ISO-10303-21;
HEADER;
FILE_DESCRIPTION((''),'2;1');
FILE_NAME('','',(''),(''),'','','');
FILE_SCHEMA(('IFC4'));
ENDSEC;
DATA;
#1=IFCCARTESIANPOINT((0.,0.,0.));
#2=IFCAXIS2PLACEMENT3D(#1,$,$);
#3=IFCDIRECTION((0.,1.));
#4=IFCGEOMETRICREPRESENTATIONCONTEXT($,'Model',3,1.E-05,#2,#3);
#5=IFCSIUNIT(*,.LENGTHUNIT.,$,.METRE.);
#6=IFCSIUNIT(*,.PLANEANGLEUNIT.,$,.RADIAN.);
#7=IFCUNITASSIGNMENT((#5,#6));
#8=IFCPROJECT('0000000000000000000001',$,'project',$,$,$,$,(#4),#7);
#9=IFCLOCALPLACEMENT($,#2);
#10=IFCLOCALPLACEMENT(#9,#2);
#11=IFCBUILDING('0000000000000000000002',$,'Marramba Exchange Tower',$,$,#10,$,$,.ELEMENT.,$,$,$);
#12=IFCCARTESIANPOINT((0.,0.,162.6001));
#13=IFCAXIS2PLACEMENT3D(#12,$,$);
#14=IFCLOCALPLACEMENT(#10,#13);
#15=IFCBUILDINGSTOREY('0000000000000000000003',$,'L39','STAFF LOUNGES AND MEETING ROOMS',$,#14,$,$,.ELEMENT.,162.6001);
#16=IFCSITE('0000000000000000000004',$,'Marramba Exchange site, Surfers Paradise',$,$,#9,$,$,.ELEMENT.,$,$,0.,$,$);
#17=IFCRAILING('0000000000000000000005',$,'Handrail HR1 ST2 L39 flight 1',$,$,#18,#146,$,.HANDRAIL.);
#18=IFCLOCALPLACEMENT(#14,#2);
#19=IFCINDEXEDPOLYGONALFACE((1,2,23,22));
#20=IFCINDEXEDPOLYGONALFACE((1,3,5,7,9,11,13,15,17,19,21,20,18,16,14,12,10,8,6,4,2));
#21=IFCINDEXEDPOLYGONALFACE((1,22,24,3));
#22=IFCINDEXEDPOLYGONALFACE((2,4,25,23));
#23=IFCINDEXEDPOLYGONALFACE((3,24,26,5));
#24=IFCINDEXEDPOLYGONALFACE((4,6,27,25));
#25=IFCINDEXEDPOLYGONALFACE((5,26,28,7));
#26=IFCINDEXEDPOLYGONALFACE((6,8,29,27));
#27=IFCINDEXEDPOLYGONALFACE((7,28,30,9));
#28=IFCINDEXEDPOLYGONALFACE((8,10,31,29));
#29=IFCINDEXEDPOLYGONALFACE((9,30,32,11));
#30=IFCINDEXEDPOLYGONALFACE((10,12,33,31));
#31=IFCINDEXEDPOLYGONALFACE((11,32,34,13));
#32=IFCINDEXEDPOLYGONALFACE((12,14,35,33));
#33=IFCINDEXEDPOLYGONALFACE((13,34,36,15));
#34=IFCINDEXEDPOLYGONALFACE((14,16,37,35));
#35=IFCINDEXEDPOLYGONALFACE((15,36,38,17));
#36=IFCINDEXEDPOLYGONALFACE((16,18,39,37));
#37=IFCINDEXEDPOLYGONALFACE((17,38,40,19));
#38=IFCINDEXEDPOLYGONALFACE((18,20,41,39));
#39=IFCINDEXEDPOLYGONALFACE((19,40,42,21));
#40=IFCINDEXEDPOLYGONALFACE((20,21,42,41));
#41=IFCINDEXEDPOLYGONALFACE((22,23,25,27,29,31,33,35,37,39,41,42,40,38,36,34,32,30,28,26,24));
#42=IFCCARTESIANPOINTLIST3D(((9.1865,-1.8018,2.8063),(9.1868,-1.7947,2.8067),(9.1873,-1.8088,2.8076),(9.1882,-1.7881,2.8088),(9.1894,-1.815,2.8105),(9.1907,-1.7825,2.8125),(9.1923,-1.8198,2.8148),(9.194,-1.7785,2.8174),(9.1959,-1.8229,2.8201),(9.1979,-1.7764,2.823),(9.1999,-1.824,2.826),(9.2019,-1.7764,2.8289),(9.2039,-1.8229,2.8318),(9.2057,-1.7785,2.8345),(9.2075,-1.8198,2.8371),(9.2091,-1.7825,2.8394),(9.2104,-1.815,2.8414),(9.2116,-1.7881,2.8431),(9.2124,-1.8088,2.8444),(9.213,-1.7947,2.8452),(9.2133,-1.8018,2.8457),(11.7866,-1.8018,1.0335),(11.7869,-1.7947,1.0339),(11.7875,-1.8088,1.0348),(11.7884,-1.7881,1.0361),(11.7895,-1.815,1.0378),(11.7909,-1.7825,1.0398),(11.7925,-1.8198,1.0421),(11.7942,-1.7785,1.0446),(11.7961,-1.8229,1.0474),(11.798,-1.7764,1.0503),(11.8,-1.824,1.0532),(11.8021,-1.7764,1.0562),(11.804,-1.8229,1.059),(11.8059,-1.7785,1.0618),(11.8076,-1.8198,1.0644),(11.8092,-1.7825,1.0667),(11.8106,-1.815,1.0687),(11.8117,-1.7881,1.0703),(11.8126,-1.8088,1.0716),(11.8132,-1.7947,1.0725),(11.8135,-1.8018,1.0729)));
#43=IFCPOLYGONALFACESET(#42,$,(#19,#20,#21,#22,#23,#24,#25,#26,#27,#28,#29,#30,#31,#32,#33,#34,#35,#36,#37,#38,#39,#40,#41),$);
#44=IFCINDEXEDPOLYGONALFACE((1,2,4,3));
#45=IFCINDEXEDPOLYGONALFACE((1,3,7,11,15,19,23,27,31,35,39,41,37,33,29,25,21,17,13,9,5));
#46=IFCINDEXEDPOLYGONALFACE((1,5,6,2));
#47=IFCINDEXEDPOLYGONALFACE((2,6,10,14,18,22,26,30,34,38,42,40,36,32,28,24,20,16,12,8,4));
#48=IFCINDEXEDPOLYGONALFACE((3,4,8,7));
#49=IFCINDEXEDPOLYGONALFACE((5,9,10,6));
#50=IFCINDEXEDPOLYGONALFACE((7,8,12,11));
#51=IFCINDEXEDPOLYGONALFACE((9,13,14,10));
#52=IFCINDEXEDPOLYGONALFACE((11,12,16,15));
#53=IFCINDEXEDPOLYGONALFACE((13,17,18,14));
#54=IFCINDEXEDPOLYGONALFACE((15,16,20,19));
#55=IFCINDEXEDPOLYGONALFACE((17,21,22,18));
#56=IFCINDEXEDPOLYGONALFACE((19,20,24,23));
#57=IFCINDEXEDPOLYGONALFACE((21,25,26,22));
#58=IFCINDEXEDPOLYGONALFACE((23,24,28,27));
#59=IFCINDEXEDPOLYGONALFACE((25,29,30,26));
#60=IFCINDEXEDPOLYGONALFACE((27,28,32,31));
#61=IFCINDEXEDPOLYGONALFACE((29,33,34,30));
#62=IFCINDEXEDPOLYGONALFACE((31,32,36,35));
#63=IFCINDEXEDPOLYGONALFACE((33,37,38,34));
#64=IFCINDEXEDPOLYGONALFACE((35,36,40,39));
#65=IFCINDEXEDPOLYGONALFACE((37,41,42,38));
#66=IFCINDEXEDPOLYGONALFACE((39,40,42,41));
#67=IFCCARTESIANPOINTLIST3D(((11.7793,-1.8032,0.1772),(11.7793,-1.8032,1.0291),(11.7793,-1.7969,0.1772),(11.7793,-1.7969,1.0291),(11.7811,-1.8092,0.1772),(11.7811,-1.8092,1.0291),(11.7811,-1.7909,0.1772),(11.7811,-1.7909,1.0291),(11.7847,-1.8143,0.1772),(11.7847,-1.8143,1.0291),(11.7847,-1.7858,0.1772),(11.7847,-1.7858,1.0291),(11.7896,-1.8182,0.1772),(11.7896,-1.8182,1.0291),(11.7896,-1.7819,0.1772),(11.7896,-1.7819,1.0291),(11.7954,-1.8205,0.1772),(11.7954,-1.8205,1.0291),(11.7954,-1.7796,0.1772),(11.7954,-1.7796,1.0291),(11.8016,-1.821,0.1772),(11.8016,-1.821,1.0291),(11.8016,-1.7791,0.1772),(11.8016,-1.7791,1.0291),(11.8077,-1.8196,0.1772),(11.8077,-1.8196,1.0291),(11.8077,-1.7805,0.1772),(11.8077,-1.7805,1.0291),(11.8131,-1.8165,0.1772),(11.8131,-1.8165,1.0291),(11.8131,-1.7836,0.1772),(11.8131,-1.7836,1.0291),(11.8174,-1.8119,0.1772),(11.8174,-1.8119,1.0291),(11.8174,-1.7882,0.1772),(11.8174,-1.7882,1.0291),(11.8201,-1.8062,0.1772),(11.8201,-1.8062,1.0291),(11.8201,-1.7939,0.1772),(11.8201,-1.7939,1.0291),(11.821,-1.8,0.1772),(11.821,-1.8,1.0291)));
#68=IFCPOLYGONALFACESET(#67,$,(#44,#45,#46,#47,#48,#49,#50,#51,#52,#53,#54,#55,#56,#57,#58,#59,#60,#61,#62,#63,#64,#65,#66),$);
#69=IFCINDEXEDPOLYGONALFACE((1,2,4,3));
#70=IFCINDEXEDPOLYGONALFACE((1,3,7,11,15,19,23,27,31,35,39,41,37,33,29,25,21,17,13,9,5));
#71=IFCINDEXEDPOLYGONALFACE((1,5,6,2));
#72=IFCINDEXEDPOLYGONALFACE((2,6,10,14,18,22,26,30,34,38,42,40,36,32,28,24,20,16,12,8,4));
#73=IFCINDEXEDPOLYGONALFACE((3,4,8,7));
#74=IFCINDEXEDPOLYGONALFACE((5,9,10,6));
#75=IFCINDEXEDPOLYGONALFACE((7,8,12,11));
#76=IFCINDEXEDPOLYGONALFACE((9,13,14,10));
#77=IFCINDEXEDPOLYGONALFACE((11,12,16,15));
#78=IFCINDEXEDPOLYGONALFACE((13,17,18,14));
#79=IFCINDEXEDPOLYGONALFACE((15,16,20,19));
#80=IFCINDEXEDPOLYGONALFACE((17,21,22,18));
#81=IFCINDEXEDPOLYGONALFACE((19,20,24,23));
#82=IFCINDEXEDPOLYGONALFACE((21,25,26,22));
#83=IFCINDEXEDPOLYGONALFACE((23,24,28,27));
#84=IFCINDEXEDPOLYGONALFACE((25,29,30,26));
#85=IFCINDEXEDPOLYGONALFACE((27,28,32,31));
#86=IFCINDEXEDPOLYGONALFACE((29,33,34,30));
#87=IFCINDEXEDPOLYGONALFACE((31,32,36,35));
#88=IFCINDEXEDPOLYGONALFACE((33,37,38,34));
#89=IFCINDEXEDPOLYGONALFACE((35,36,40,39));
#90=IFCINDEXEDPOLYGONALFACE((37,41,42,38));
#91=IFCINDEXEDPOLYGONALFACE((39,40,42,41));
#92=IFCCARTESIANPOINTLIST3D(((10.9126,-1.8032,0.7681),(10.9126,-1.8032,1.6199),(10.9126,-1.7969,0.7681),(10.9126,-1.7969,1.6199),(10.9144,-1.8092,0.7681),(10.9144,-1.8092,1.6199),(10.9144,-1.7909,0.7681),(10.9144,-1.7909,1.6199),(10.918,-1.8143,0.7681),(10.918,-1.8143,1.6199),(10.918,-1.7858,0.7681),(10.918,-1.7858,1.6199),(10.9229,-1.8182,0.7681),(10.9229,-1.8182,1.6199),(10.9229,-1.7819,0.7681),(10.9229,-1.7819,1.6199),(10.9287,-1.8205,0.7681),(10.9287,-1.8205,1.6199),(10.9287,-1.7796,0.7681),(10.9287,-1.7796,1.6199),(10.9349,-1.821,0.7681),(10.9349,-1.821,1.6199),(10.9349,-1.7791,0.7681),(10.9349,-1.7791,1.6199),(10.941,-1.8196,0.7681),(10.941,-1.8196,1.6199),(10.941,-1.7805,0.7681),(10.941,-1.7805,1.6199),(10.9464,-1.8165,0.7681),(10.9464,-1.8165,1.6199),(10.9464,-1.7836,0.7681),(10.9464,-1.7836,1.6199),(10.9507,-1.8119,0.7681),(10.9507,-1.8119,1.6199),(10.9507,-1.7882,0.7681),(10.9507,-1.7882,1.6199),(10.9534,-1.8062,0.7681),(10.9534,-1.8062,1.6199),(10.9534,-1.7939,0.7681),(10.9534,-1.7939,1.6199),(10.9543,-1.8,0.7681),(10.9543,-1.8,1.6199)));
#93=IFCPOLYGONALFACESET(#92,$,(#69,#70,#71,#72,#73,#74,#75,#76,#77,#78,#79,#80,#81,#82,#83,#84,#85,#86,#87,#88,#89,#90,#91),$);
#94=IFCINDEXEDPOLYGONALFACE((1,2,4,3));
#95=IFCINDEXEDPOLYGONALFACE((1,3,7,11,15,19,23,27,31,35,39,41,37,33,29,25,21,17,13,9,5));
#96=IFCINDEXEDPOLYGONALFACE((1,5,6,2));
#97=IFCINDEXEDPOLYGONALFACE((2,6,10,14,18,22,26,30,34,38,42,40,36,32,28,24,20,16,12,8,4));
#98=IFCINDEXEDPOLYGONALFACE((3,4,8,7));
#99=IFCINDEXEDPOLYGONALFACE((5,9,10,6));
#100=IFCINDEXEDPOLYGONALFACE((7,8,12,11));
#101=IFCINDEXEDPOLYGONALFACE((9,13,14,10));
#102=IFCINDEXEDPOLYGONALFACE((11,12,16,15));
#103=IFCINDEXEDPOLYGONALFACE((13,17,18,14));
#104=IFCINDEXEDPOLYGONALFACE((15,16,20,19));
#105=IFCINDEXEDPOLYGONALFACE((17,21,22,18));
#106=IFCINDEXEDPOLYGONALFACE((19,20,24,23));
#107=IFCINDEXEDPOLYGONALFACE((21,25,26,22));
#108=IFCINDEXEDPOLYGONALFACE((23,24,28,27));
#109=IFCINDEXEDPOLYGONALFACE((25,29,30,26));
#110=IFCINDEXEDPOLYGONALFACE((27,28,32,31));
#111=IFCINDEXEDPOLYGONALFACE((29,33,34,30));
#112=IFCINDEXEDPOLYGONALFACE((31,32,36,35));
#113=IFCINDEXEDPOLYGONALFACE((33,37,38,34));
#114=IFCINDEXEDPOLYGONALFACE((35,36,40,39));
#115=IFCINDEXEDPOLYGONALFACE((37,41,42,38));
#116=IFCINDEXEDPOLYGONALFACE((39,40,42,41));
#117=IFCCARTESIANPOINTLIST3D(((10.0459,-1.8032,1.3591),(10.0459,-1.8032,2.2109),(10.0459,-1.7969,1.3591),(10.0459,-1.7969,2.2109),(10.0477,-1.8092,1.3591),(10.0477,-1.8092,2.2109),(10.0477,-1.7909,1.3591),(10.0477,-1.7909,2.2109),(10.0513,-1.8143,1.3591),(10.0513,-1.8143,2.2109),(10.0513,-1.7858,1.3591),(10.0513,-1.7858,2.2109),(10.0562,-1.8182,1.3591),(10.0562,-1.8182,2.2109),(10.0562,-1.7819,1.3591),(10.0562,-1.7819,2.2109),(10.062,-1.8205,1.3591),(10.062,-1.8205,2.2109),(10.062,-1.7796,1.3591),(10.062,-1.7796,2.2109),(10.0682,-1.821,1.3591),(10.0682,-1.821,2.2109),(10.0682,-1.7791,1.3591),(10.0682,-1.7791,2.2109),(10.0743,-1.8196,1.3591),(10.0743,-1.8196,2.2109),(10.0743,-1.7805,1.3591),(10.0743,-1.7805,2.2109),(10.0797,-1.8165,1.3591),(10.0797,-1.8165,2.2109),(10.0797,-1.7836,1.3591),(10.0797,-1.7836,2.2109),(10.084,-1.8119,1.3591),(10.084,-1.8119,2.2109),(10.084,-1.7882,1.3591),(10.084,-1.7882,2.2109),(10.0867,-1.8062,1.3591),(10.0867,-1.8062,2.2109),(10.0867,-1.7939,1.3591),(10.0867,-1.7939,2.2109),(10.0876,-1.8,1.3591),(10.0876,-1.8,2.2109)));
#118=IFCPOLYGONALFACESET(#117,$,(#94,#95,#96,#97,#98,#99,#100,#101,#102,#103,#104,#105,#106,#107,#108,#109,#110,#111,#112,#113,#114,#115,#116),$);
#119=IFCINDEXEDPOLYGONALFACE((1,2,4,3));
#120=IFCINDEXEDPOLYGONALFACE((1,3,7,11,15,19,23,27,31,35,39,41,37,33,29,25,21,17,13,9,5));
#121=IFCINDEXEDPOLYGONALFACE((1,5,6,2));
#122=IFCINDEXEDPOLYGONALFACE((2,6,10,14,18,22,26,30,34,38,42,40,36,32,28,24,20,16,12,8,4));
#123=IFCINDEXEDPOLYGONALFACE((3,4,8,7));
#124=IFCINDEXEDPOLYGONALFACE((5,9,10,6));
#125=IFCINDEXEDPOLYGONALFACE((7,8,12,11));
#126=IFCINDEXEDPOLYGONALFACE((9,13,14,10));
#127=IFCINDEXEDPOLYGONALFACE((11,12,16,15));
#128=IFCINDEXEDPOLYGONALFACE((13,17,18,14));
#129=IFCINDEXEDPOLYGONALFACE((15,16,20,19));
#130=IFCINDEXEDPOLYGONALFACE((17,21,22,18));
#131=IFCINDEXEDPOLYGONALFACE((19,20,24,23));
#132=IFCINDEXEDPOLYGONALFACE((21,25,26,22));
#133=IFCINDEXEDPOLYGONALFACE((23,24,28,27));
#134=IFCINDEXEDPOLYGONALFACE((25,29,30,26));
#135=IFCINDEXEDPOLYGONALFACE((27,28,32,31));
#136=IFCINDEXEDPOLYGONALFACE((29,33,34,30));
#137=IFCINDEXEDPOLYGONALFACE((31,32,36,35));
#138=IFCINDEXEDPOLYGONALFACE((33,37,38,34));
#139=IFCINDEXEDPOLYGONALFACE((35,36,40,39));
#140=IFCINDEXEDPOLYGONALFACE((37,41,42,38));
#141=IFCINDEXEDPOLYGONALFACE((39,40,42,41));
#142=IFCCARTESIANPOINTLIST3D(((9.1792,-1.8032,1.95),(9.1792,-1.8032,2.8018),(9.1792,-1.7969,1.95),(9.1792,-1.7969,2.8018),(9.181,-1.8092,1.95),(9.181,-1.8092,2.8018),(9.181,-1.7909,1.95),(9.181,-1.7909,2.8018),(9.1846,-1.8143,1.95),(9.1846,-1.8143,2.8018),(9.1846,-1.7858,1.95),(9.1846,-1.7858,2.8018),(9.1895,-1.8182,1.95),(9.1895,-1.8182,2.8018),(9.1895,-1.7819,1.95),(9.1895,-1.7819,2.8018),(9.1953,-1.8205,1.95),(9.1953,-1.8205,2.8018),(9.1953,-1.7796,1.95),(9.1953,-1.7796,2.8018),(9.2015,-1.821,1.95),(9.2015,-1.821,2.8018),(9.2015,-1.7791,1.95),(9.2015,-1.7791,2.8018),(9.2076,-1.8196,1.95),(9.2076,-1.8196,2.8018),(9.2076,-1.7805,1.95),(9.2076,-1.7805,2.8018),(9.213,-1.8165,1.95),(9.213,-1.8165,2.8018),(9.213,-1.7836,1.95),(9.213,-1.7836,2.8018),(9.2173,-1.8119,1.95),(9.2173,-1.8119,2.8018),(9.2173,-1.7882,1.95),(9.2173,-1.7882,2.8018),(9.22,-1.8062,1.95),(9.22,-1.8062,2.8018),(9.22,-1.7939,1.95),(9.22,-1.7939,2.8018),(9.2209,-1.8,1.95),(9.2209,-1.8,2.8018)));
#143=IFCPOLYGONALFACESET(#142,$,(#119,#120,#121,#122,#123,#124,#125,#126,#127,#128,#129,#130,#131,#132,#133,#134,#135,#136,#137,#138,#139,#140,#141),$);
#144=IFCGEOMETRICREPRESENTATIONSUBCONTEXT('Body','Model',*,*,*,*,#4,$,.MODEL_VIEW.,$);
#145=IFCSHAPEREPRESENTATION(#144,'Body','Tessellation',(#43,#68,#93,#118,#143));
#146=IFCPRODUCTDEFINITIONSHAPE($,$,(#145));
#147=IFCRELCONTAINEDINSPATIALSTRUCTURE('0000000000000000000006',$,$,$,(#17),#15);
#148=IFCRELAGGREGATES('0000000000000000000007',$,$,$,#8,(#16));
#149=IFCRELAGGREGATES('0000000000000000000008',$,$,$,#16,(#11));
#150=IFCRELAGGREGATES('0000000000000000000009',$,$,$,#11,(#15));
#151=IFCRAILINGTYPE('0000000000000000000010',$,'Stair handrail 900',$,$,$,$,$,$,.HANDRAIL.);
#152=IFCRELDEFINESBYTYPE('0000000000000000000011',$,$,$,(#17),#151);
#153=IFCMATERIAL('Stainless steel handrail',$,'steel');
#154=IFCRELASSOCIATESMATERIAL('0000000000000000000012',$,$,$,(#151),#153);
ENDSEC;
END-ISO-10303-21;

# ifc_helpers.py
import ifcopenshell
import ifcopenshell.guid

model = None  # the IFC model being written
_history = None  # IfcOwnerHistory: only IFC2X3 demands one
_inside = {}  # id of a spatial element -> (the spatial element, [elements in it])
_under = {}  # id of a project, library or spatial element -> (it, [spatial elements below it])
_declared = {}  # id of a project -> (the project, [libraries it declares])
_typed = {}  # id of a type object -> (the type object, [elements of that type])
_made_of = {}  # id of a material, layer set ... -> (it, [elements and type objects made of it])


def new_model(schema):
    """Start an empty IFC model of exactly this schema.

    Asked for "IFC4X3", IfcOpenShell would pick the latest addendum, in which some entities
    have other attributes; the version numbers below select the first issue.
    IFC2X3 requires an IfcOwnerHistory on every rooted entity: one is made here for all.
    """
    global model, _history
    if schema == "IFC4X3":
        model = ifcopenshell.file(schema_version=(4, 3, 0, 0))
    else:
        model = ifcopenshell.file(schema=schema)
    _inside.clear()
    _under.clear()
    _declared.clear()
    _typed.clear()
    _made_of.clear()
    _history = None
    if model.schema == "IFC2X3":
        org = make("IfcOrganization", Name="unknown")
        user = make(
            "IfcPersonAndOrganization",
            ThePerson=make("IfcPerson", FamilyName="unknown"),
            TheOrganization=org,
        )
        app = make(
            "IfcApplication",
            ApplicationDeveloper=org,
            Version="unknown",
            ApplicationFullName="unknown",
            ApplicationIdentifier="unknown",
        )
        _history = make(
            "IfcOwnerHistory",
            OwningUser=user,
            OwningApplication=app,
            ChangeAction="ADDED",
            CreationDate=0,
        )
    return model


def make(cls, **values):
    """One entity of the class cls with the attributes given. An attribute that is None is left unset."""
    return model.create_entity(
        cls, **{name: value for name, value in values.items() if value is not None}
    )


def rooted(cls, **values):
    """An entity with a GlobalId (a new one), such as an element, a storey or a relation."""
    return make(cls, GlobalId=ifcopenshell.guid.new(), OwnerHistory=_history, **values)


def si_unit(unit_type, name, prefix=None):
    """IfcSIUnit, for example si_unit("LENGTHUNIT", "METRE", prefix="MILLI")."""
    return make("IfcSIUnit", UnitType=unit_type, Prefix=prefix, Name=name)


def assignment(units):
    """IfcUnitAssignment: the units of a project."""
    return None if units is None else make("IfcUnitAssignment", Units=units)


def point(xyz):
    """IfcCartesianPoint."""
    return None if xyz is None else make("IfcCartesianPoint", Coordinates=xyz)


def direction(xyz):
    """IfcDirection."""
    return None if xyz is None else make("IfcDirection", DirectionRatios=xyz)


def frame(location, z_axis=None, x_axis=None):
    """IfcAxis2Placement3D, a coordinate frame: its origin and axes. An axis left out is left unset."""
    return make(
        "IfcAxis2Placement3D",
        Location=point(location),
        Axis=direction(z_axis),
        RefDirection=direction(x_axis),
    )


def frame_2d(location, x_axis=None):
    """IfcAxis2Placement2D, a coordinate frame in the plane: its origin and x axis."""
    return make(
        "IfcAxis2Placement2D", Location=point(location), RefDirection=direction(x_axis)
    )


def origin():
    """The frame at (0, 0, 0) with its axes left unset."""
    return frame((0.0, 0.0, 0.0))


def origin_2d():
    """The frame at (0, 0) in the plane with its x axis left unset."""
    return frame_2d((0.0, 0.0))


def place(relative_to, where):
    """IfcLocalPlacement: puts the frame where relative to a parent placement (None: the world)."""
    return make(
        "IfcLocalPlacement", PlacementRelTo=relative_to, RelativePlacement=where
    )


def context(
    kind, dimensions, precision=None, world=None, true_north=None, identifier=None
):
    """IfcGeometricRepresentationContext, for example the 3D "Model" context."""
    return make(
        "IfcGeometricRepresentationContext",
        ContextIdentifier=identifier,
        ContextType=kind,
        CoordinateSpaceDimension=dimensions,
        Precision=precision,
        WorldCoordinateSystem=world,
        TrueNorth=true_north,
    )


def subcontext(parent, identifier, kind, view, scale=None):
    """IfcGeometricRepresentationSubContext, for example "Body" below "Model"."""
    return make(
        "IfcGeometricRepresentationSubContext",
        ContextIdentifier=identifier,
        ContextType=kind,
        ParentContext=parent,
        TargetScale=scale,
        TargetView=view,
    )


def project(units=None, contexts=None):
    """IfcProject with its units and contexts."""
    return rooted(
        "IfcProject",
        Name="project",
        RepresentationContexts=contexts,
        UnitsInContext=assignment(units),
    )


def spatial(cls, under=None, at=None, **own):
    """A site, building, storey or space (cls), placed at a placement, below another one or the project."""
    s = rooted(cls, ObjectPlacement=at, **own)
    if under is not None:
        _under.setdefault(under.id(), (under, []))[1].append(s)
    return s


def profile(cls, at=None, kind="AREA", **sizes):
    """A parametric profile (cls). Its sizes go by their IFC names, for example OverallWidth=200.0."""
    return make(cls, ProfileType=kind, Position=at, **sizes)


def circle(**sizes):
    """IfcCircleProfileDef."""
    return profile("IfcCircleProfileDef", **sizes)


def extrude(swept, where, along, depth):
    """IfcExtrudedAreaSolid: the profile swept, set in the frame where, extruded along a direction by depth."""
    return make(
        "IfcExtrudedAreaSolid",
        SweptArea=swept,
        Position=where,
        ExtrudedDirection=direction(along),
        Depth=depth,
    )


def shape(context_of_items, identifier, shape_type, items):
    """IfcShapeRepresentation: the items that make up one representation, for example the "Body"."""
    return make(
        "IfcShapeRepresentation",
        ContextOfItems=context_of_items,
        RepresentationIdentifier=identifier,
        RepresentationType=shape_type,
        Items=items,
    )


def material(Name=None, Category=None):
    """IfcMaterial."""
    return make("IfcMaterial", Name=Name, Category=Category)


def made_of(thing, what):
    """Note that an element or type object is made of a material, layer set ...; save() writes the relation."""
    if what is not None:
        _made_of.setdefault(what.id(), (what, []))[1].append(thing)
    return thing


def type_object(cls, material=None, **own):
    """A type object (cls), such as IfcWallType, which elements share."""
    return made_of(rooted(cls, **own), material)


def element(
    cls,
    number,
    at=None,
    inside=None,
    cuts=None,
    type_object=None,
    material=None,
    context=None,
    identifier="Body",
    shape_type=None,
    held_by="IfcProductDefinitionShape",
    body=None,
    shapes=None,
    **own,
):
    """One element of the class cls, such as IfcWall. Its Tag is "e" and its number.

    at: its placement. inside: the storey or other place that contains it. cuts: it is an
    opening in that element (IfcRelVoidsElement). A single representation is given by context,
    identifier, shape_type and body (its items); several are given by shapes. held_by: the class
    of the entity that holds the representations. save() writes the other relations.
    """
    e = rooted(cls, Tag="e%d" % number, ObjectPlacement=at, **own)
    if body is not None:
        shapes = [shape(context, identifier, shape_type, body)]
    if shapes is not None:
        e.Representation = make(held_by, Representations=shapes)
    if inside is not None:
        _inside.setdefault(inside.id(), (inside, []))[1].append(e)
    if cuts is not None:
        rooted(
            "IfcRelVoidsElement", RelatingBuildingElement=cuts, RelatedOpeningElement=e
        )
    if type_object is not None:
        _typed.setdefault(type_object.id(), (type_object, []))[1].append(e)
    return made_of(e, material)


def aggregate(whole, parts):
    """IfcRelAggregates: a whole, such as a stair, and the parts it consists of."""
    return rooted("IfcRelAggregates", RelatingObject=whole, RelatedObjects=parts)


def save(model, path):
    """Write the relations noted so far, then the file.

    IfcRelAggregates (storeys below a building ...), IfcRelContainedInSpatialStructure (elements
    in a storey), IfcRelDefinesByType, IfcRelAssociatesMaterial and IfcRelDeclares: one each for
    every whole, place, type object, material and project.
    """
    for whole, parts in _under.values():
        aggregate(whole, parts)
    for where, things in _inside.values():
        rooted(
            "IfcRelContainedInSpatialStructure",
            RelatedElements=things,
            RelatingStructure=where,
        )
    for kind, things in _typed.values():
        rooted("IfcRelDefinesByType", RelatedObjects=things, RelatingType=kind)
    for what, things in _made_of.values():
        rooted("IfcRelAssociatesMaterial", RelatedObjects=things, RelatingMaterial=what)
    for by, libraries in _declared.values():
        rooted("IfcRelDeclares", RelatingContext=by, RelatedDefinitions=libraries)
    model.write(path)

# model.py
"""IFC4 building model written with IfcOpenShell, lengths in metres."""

from ifc_helpers import new_model, si_unit, direction, frame, origin, origin_2d, place, context, subcontext, project, spatial, circle, extrude, material, type_object, element, save


model = new_model("IFC4")

# Units and contexts
model_context = context("Model", 3, precision=1e-05, world=origin(), true_north=direction((0.0, 1.0)))
body_context = subcontext(model_context, "Body", "Model", "MODEL_VIEW")
ifc_project = project(units=[si_unit("LENGTHUNIT", "METRE"), si_unit("PLANEANGLEUNIT", "RADIAN")], contexts=[model_context])

# Site, building, storey
site_placement = place(None, origin())
site = spatial("IfcSite", under=ifc_project, at=site_placement, Name="Marramba Exchange site, Surfers Paradise", CompositionType="ELEMENT", RefElevation=0.0)
building_placement = place(site_placement, origin())
building = spatial("IfcBuilding", under=site, at=building_placement, Name="Marramba Exchange Tower", CompositionType="ELEMENT")
storey_placement = place(building_placement, frame((0.0, 0.0, 162.6001)))
storey = spatial("IfcBuildingStorey", under=building, at=storey_placement, Name="L39", Description="STAFF LOUNGES AND MEETING ROOMS", CompositionType="ELEMENT", Elevation=162.6001)

# Railing
ifc_material_1 = material(Name="Stainless steel handrail", Category="steel")
railing_type = type_object("IfcRailingType", Name="Stair handrail 900", PredefinedType="HANDRAIL", material=ifc_material_1)
railing_placement = place(storey_placement, frame((11.8, -1.8, 0.1772)))
element("IfcRailing", 1, at=railing_placement, inside=storey, type_object=railing_type, Name="Handrail HR1 ST2 L39 flight 1", PredefinedType="HANDRAIL", context=body_context, shape_type="SweptSolid", body=[
    extrude(circle(Radius=0.0239, at=origin_2d()), frame((0.0, 0.0, 0.876), z_axis=(-0.82624, 0.0, 0.563318), x_axis=(0.0, -1.0, 0.0)), (0.0, 0.0, 1.0), 3.147),
    extrude(circle(Radius=0.021, at=origin_2d()), origin(), (0.0, 0.0, 1.0), 0.8518),
    extrude(circle(Radius=0.021, at=origin_2d()), frame((-0.8667, 0.0, 0.5908)), (0.0, 0.0, 1.0), 0.8518),
    extrude(circle(Radius=0.021, at=origin_2d()), frame((-1.7334, 0.0, 1.1819)), (0.0, 0.0, 1.0), 0.8518),
    extrude(circle(Radius=0.021, at=origin_2d()), frame((-2.6001, 0.0, 1.7727)), (0.0, 0.0, 1.0), 0.8518),
])

save(model, "model.ifc")
